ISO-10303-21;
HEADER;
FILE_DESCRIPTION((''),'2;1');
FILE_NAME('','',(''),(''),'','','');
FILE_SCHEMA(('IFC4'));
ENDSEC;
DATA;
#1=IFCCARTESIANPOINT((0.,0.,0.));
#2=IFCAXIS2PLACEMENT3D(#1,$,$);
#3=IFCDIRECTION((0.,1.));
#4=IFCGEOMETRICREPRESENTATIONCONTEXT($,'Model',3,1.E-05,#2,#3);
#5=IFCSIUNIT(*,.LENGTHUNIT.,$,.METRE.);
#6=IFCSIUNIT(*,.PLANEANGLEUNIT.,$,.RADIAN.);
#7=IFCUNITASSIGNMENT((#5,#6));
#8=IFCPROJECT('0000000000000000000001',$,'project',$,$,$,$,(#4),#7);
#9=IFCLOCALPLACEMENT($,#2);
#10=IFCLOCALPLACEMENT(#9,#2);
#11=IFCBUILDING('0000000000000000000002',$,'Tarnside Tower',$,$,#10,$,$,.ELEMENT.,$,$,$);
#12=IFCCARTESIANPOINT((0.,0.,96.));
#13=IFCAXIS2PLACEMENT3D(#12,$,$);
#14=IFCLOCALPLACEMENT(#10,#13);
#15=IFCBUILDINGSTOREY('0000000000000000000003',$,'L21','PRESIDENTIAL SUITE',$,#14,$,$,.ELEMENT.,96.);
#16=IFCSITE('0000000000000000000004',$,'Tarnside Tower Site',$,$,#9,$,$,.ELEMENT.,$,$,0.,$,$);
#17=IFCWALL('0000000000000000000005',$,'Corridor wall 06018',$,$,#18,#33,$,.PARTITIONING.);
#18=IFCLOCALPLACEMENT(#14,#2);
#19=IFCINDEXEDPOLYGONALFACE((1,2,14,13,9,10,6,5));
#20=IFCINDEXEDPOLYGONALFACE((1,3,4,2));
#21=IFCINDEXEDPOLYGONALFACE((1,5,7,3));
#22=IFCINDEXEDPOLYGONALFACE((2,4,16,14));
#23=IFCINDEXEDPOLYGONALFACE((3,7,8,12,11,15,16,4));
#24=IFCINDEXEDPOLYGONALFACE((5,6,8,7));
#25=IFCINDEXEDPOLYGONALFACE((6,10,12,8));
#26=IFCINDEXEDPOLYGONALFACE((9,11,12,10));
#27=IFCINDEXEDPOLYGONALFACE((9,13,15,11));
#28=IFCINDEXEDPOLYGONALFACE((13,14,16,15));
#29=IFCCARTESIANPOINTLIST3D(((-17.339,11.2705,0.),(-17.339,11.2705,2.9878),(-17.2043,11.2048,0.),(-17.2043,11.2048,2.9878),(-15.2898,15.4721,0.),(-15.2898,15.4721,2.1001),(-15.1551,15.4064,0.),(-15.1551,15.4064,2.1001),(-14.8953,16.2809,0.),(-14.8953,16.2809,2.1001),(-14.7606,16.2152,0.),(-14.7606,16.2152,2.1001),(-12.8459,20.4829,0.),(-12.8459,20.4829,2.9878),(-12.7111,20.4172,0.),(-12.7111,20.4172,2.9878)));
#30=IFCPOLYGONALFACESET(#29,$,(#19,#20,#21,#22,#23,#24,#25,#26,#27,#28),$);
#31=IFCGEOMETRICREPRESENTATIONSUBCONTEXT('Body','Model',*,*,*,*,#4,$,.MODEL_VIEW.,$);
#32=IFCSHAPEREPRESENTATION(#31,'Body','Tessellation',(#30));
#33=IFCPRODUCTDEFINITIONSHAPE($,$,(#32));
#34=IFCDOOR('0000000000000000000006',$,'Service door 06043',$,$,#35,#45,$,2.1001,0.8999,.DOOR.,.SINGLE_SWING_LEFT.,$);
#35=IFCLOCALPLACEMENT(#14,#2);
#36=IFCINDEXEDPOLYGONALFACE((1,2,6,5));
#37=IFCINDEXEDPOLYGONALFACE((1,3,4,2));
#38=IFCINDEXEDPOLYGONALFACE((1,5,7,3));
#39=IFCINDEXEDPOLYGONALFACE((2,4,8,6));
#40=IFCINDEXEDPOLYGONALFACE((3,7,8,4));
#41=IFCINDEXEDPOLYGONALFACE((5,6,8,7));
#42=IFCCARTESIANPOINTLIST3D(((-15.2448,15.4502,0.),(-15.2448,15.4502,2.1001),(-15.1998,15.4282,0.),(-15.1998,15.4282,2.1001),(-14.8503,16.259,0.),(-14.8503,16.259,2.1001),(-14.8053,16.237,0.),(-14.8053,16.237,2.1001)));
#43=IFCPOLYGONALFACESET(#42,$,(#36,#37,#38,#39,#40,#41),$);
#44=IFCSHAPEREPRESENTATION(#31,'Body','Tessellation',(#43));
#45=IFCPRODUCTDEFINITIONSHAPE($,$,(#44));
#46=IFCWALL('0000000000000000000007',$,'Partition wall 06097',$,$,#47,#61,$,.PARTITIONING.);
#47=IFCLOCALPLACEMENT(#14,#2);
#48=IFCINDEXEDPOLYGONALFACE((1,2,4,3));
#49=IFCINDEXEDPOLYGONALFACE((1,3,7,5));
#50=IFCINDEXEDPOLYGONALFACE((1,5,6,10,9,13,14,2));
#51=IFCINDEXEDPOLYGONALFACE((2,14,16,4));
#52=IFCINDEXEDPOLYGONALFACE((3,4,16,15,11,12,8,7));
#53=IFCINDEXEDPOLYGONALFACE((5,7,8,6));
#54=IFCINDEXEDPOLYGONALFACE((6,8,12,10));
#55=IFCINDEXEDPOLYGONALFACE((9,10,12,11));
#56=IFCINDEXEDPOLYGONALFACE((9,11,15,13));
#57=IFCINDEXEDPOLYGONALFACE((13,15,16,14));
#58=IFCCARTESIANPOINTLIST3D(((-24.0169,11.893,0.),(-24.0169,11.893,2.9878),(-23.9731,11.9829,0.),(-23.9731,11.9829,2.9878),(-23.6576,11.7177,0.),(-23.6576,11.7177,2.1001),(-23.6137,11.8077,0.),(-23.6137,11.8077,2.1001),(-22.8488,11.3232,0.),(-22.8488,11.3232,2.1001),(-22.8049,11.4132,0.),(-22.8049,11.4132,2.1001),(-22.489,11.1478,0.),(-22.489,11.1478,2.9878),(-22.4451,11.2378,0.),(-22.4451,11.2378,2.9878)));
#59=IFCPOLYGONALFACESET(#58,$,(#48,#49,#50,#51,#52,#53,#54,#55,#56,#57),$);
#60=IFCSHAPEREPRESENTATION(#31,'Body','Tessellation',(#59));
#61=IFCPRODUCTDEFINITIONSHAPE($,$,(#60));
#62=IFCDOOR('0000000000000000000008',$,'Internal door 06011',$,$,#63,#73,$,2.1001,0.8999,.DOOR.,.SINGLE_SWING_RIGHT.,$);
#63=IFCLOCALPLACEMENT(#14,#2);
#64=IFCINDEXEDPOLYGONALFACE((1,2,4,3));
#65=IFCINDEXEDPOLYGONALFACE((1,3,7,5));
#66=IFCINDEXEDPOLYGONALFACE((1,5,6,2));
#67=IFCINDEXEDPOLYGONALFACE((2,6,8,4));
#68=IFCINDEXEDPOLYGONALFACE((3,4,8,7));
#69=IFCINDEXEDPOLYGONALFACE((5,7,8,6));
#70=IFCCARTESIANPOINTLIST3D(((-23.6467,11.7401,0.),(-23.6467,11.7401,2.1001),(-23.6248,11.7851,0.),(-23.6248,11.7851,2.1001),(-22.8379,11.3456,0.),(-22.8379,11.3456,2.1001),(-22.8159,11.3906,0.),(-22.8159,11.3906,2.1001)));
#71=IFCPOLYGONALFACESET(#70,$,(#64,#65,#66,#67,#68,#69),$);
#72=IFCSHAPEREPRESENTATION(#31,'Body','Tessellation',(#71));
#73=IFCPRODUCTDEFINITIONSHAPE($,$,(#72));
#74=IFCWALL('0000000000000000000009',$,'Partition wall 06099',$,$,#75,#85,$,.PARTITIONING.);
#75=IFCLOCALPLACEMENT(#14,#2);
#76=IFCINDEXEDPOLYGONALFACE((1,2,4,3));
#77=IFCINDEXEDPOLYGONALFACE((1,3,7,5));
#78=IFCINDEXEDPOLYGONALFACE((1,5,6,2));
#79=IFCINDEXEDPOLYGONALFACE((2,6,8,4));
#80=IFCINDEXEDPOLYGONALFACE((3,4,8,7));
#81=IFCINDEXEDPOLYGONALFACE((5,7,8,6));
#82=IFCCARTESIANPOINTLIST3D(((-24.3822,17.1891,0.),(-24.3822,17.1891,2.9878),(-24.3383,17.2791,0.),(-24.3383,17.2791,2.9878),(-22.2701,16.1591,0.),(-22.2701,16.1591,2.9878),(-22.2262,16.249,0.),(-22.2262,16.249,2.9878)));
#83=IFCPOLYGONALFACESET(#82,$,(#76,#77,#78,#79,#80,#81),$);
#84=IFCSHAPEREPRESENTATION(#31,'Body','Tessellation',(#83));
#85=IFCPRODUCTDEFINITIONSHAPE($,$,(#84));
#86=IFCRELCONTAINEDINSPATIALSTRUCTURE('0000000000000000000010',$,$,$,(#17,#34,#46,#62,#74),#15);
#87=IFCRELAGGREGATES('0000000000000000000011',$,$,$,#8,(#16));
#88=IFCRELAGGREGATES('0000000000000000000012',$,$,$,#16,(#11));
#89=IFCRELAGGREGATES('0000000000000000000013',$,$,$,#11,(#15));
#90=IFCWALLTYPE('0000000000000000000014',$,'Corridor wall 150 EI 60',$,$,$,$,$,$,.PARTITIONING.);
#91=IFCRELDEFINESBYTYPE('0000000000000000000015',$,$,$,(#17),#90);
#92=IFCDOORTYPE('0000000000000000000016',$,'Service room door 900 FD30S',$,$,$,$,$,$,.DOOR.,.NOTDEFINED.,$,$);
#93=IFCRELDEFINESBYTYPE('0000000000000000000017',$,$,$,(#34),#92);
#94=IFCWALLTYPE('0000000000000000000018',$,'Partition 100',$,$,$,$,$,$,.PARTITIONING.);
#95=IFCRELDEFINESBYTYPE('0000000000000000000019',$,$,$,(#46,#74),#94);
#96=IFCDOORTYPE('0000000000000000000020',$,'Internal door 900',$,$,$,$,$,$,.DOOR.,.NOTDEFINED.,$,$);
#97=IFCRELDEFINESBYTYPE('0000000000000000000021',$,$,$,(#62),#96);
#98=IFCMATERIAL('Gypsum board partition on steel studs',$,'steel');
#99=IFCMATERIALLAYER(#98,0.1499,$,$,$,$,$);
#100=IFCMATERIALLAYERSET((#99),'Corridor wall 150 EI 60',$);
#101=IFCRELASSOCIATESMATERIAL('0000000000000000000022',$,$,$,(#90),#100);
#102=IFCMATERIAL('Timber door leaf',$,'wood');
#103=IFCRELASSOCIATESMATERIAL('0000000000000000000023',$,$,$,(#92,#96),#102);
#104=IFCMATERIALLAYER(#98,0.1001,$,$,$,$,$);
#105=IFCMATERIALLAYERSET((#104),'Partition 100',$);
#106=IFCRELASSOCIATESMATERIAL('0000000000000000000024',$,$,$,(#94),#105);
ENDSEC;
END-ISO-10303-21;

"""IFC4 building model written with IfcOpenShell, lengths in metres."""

from ifc_helpers import new_model, si_unit, direction, frame, frame_2d, origin, place, context, subcontext, project, spatial, rectangle, extrude, material, layer, layer_set, type_object, element, fill, save


model = new_model("IFC4")

# Units and contexts
model_context = context("Model", 3, precision=1e-05, world=origin(), true_north=direction((0.0, 1.0)))
body_context = subcontext(model_context, "Body", "Model", "MODEL_VIEW")
ifc_project = project(units=[si_unit("LENGTHUNIT", "METRE"), si_unit("PLANEANGLEUNIT", "RADIAN")], contexts=[model_context])

# Site, building, storey
site_placement = place(None, origin())
site = spatial("IfcSite", under=ifc_project, at=site_placement, Name="Tarnside Tower Site", CompositionType="ELEMENT", RefElevation=0.0)
building_placement = place(site_placement, origin())
building = spatial("IfcBuilding", under=site, at=building_placement, Name="Tarnside Tower", CompositionType="ELEMENT")
storey_placement = place(building_placement, frame((0.0, 0.0, 96.0)))
storey = spatial("IfcBuildingStorey", under=building, at=storey_placement, Name="L21", Description="PRESIDENTIAL SUITE", CompositionType="ELEMENT", Elevation=96.0)

# Shared definitions
ifc_material_1 = material(Name="Gypsum board partition on steel studs", Category="steel")
ifc_material_2 = material(Name="Timber door leaf", Category="wood")

# Walls, openings, doors
ifc_layer_1 = layer(ifc_material_1, 0.1499)
ifc_layer_set_1 = layer_set([ifc_layer_1], Name="Corridor wall 150 EI 60")
wall_type_1 = type_object("IfcWallType", Name="Corridor wall 150 EI 60", PredefinedType="PARTITIONING", material=ifc_layer_set_1)
wall_1_placement = place(storey_placement, frame((-17.2717, 11.2375, 0.0), z_axis=(0.0, 0.0, 1.0), x_axis=(0.438369, 0.898795, 0.0)))
wall_1 = element("IfcWall", 1, at=wall_1_placement, inside=storey, type_object=wall_type_1, Name="Corridor wall 06018", PredefinedType="PARTITIONING", context=body_context, shape_type="SweptSolid", body=[
    extrude(rectangle(XDim=10.2498, YDim=0.1499, at=frame_2d((5.125, 0.0))), origin(), (0.0, 0.0, 1.0), 2.9878),
])
opening_1_placement = place(wall_1_placement, frame((4.6748, 0.0, 0.0)))
opening_1 = element("IfcOpeningElement", 2, at=opening_1_placement, cuts=wall_1, PredefinedType="OPENING", context=body_context, shape_type="SweptSolid", body=[
    extrude(rectangle(XDim=0.8999, YDim=2.1001, at=frame_2d((0.45, 1.05))), frame((0.0, 0.085, 0.0), z_axis=(0.0, -1.0, 0.0), x_axis=(1.0, 0.0, 0.0)), (0.0, 0.0, 1.0), 0.1699),
])
door_type_1 = type_object("IfcDoorType", Name="Service room door 900 FD30S", OperationType="NOTDEFINED", PredefinedType="DOOR", material=ifc_material_2)
door_1_placement = place(opening_1_placement, origin())
door_1 = element("IfcDoor", 3, at=door_1_placement, inside=storey, type_object=door_type_1, Name="Service door 06043", OperationType="SINGLE_SWING_LEFT", OverallHeight=2.1001, OverallWidth=0.8999, PredefinedType="DOOR", context=body_context, shape_type="SweptSolid", body=[
    extrude(rectangle(XDim=0.8999, YDim=2.1001, at=frame_2d((0.45, 1.05))), frame((0.0, 0.0249, 0.0), z_axis=(0.0, -1.0, 0.0), x_axis=(1.0, 0.0, 0.0)), (0.0, 0.0, 1.0), 0.05),
])
fill(opening_1, door_1)
ifc_layer_2 = layer(ifc_material_1, 0.1001)
ifc_layer_set_2 = layer_set([ifc_layer_2], Name="Partition 100")
wall_type_2 = type_object("IfcWallType", Name="Partition 100", PredefinedType="PARTITIONING", material=ifc_layer_set_2)
wall_2_placement = place(storey_placement, frame((-23.9951, 11.938, 0.0), z_axis=(0.0, 0.0, 1.0), x_axis=(0.898807, -0.438344, 0.0)))
wall_2 = element("IfcWall", 4, at=wall_2_placement, inside=storey, type_object=wall_type_2, Name="Partition wall 06097", PredefinedType="PARTITIONING", context=body_context, shape_type="SweptSolid", body=[
    extrude(rectangle(XDim=1.7, YDim=0.1001, at=frame_2d((0.8501, 0.0))), origin(), (0.0, 0.0, 1.0), 2.9878),
])
opening_2_placement = place(wall_2_placement, frame((0.3999, 0.0, 0.0)))
opening_2 = element("IfcOpeningElement", 5, at=opening_2_placement, cuts=wall_2, PredefinedType="OPENING", context=body_context, shape_type="SweptSolid", body=[
    extrude(rectangle(XDim=0.8999, YDim=2.1001, at=frame_2d((0.45, 1.05))), frame((0.0, 0.0601, 0.0), z_axis=(0.0, -1.0, 0.0), x_axis=(1.0, 0.0, 0.0)), (0.0, 0.0, 1.0), 0.1201),
])
door_type_2 = type_object("IfcDoorType", Name="Internal door 900", OperationType="NOTDEFINED", PredefinedType="DOOR", material=ifc_material_2)
door_2_placement = place(opening_2_placement, origin())
door_2 = element("IfcDoor", 6, at=door_2_placement, inside=storey, type_object=door_type_2, Name="Internal door 06011", OperationType="SINGLE_SWING_RIGHT", OverallHeight=2.1001, OverallWidth=0.8999, PredefinedType="DOOR", context=body_context, shape_type="SweptSolid", body=[
    extrude(rectangle(XDim=0.8999, YDim=2.1001, at=frame_2d((0.45, 1.05))), frame((0.0, 0.0249, 0.0), z_axis=(0.0, -1.0, 0.0), x_axis=(1.0, 0.0, 0.0)), (0.0, 0.0, 1.0), 0.05),
])
fill(opening_2, door_2)

# Wall
wall_3_placement = place(storey_placement, frame((-22.2483, 16.2041, 0.0), z_axis=(0.0, 0.0, 1.0), x_axis=(-0.898809, 0.43834, 0.0)))
element("IfcWall", 7, at=wall_3_placement, inside=storey, type_object=wall_type_2, Name="Partition wall 06099", PredefinedType="PARTITIONING", context=body_context, shape_type="SweptSolid", body=[
    extrude(rectangle(XDim=2.3499, YDim=0.1001, at=frame_2d((1.1748, 0.0))), origin(), (0.0, 0.0, 1.0), 2.9878),
])

save(model, "model.ifc")
